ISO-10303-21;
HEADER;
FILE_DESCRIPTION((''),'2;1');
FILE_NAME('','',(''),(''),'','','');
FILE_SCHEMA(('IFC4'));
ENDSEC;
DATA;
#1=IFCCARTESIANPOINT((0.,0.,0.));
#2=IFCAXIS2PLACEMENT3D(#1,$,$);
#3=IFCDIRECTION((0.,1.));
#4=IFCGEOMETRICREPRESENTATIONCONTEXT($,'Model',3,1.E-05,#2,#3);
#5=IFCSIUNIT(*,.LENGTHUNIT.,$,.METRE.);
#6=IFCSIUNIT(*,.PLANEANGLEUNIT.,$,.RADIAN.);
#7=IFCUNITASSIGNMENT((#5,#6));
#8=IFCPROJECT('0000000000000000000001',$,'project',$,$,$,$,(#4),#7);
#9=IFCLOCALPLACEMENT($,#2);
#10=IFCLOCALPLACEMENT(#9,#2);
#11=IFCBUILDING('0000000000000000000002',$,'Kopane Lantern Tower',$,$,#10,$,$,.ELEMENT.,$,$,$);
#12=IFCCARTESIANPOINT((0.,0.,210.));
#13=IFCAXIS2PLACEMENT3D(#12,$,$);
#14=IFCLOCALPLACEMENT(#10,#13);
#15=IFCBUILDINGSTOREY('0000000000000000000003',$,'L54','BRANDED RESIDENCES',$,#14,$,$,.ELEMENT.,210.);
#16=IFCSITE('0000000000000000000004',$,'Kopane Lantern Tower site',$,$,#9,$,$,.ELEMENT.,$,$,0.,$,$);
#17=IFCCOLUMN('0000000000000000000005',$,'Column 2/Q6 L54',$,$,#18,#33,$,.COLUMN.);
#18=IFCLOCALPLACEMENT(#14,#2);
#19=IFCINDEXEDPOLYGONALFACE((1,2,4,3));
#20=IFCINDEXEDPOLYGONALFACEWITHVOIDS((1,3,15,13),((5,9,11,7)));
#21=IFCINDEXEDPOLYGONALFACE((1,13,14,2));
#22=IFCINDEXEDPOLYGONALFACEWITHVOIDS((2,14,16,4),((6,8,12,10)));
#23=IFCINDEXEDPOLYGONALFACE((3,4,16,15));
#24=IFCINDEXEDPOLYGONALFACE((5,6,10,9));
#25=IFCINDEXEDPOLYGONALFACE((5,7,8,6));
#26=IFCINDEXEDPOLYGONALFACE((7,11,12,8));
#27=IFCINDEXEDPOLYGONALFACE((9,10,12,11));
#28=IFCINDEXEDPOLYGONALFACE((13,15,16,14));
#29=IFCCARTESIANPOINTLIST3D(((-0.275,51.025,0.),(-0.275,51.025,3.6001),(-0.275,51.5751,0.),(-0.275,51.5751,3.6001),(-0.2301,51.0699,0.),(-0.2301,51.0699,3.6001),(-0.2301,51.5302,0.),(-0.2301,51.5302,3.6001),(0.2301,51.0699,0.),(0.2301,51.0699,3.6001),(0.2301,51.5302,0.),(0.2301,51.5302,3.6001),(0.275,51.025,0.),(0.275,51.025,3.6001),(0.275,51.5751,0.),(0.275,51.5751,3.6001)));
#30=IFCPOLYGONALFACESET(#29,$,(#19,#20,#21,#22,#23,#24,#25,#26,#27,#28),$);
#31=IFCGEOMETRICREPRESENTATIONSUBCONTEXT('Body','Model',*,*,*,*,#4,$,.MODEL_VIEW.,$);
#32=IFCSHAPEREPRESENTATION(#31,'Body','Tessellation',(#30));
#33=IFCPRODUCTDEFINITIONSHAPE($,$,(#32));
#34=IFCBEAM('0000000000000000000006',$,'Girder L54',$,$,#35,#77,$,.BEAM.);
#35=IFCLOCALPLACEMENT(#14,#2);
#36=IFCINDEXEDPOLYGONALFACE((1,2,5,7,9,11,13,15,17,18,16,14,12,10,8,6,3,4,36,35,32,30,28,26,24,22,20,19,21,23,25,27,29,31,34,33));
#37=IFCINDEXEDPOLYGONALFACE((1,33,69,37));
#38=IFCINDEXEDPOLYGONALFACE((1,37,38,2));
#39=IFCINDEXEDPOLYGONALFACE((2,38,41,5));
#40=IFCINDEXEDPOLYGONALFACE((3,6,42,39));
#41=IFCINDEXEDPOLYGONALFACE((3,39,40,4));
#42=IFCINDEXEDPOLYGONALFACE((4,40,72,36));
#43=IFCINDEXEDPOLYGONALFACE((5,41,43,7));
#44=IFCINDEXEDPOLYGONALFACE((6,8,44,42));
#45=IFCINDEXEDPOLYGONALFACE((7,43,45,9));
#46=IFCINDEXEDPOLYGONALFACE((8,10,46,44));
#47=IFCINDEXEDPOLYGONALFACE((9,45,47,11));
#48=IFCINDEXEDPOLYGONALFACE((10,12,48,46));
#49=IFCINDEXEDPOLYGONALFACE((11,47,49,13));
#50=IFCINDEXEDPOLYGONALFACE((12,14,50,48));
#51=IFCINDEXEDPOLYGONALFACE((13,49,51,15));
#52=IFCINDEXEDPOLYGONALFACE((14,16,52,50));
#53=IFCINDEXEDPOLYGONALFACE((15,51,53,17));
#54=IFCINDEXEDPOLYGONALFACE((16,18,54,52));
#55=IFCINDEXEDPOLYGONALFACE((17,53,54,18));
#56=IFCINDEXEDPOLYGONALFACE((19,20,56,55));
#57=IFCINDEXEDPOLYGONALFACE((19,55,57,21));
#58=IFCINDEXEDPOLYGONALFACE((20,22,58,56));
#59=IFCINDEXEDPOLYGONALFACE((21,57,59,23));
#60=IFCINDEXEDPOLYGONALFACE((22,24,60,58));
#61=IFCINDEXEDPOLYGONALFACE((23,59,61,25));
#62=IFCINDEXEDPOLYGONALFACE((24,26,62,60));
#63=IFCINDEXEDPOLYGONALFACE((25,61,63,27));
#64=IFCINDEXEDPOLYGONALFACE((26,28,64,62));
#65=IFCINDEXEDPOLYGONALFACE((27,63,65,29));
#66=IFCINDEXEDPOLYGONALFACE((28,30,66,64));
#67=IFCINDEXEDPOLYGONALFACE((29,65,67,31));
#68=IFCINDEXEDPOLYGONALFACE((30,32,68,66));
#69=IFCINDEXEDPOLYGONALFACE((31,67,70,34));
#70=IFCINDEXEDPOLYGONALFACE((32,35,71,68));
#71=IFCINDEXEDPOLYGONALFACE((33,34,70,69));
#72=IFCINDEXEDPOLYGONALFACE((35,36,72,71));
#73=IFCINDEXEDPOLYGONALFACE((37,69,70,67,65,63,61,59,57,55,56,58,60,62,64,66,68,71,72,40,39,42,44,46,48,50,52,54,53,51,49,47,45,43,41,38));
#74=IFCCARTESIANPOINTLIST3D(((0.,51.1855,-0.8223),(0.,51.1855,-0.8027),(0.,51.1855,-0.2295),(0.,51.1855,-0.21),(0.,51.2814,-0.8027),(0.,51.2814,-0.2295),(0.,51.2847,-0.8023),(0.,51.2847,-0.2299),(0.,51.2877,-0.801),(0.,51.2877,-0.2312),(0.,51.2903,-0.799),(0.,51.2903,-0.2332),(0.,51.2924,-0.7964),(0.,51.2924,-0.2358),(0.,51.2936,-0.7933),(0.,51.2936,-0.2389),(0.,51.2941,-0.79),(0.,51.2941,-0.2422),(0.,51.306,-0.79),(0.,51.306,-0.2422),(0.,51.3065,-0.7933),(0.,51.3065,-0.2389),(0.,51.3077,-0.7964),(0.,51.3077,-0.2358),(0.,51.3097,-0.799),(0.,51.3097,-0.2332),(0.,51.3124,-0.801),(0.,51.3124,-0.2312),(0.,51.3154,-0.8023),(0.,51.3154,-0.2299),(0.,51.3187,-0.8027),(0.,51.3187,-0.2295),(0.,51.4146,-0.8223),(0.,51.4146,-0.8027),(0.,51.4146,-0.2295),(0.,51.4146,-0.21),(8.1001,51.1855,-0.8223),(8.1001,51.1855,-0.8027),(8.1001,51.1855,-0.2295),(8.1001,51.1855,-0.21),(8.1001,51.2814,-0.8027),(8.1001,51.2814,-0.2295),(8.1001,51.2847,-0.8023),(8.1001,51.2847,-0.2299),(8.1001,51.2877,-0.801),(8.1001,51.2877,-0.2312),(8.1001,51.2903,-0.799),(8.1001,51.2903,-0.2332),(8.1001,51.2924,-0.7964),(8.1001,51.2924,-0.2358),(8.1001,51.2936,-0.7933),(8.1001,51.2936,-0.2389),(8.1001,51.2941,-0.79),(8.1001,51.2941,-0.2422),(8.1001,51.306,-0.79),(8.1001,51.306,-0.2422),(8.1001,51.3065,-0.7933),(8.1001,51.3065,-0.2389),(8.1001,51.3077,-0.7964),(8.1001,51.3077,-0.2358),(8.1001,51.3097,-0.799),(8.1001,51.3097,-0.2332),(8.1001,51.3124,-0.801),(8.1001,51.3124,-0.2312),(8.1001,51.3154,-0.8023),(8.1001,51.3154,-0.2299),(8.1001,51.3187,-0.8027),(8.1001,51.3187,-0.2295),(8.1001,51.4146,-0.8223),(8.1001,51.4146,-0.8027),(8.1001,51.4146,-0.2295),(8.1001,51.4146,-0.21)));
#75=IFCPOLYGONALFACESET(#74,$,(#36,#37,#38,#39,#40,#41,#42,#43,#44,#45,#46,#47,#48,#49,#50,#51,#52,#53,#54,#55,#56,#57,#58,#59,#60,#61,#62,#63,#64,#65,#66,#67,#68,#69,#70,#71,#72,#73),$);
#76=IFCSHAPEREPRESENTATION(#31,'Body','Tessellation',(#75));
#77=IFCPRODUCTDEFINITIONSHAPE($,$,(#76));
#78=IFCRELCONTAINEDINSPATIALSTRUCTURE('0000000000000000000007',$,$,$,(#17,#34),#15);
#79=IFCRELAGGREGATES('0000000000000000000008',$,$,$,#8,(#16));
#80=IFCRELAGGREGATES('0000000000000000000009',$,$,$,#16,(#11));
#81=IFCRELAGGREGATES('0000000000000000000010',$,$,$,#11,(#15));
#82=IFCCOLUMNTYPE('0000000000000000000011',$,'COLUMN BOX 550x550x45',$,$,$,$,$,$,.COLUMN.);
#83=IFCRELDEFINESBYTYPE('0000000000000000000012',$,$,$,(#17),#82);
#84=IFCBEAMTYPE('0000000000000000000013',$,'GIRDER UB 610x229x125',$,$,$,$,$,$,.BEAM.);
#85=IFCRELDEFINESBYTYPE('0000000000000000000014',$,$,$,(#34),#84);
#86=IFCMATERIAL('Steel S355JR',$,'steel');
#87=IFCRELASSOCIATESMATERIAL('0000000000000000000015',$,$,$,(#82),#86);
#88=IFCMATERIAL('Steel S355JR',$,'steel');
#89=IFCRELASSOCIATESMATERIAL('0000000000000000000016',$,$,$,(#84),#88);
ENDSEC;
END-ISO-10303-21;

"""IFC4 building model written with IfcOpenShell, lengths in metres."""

from ifc_helpers import new_model, si_unit, direction, frame, origin, origin_2d, place, context, subcontext, project, spatial, hollow_rectangle, i_section, extrude, material, material_profile, profile_set, type_object, element, save


model = new_model("IFC4")

# Units and contexts
model_context = context("Model", 3, precision=1e-05, world=origin(), true_north=direction((0.0, 1.0)))
body_context = subcontext(model_context, "Body", "Model", "MODEL_VIEW")
ifc_project = project(units=[si_unit("LENGTHUNIT", "METRE"), si_unit("PLANEANGLEUNIT", "RADIAN")], contexts=[model_context])

# Site, building, storey
site_placement = place(None, origin())
site = spatial("IfcSite", under=ifc_project, at=site_placement, Name="Kopane Lantern Tower site", CompositionType="ELEMENT", RefElevation=0.0)
building_placement = place(site_placement, origin())
building = spatial("IfcBuilding", under=site, at=building_placement, Name="Kopane Lantern Tower", CompositionType="ELEMENT")
storey_placement = place(building_placement, frame((0.0, 0.0, 210.0)))
storey = spatial("IfcBuildingStorey", under=building, at=storey_placement, Name="L54", Description="BRANDED RESIDENCES", CompositionType="ELEMENT", Elevation=210.0)

# Column
ifc_material_1 = material(Name="Steel S355JR", Category="steel")
ifc_material_profile_1 = material_profile(ifc_material_1, hollow_rectangle(XDim=0.55, YDim=0.55, WallThickness=0.0449, at=origin_2d()), Name="BOX 550x550x45")
ifc_profile_set_1 = profile_set([ifc_material_profile_1], Name="Steel S355JR")
column_type = type_object("IfcColumnType", Name="COLUMN BOX 550x550x45", PredefinedType="COLUMN", material=ifc_profile_set_1)
column_placement = place(storey_placement, frame((0.0, 51.3, 0.0), z_axis=(0.0, 0.0, 1.0), x_axis=(1.0, 0.0, 0.0)))
element("IfcColumn", 1, at=column_placement, inside=storey, type_object=column_type, Name="Column 2/Q6 L54", PredefinedType="COLUMN", context=body_context, shape_type="SweptSolid", body=[
    extrude(hollow_rectangle(XDim=0.55, YDim=0.55, WallThickness=0.0449, at=origin_2d()), origin(), (0.0, 0.0, 1.0), 3.6001),
])

# Beam
ifc_material_2 = material(Name="Steel S355JR", Category="steel")
ifc_material_profile_2 = material_profile(ifc_material_2, i_section(OverallWidth=0.229, OverallDepth=0.6123, WebThickness=0.012, FlangeThickness=0.0195, FilletRadius=0.0127, at=origin_2d()), Name="UB 610x229x125")
ifc_profile_set_2 = profile_set([ifc_material_profile_2], Name="Steel S355JR")
beam_type = type_object("IfcBeamType", Name="GIRDER UB 610x229x125", PredefinedType="BEAM", material=ifc_profile_set_2)
beam_placement = place(storey_placement, frame((0.0, 51.3, -0.5161), z_axis=(1.0, 0.0, 0.0), x_axis=(0.0, 1.0, 0.0)))
element("IfcBeam", 2, at=beam_placement, inside=storey, type_object=beam_type, Name="Girder L54", PredefinedType="BEAM", context=body_context, shape_type="SweptSolid", body=[
    extrude(i_section(OverallWidth=0.229, OverallDepth=0.6123, WebThickness=0.012, FlangeThickness=0.0195, FilletRadius=0.0127, at=origin_2d()), origin(), (0.0, 0.0, 1.0), 8.1001),
])

save(model, "model.ifc")
